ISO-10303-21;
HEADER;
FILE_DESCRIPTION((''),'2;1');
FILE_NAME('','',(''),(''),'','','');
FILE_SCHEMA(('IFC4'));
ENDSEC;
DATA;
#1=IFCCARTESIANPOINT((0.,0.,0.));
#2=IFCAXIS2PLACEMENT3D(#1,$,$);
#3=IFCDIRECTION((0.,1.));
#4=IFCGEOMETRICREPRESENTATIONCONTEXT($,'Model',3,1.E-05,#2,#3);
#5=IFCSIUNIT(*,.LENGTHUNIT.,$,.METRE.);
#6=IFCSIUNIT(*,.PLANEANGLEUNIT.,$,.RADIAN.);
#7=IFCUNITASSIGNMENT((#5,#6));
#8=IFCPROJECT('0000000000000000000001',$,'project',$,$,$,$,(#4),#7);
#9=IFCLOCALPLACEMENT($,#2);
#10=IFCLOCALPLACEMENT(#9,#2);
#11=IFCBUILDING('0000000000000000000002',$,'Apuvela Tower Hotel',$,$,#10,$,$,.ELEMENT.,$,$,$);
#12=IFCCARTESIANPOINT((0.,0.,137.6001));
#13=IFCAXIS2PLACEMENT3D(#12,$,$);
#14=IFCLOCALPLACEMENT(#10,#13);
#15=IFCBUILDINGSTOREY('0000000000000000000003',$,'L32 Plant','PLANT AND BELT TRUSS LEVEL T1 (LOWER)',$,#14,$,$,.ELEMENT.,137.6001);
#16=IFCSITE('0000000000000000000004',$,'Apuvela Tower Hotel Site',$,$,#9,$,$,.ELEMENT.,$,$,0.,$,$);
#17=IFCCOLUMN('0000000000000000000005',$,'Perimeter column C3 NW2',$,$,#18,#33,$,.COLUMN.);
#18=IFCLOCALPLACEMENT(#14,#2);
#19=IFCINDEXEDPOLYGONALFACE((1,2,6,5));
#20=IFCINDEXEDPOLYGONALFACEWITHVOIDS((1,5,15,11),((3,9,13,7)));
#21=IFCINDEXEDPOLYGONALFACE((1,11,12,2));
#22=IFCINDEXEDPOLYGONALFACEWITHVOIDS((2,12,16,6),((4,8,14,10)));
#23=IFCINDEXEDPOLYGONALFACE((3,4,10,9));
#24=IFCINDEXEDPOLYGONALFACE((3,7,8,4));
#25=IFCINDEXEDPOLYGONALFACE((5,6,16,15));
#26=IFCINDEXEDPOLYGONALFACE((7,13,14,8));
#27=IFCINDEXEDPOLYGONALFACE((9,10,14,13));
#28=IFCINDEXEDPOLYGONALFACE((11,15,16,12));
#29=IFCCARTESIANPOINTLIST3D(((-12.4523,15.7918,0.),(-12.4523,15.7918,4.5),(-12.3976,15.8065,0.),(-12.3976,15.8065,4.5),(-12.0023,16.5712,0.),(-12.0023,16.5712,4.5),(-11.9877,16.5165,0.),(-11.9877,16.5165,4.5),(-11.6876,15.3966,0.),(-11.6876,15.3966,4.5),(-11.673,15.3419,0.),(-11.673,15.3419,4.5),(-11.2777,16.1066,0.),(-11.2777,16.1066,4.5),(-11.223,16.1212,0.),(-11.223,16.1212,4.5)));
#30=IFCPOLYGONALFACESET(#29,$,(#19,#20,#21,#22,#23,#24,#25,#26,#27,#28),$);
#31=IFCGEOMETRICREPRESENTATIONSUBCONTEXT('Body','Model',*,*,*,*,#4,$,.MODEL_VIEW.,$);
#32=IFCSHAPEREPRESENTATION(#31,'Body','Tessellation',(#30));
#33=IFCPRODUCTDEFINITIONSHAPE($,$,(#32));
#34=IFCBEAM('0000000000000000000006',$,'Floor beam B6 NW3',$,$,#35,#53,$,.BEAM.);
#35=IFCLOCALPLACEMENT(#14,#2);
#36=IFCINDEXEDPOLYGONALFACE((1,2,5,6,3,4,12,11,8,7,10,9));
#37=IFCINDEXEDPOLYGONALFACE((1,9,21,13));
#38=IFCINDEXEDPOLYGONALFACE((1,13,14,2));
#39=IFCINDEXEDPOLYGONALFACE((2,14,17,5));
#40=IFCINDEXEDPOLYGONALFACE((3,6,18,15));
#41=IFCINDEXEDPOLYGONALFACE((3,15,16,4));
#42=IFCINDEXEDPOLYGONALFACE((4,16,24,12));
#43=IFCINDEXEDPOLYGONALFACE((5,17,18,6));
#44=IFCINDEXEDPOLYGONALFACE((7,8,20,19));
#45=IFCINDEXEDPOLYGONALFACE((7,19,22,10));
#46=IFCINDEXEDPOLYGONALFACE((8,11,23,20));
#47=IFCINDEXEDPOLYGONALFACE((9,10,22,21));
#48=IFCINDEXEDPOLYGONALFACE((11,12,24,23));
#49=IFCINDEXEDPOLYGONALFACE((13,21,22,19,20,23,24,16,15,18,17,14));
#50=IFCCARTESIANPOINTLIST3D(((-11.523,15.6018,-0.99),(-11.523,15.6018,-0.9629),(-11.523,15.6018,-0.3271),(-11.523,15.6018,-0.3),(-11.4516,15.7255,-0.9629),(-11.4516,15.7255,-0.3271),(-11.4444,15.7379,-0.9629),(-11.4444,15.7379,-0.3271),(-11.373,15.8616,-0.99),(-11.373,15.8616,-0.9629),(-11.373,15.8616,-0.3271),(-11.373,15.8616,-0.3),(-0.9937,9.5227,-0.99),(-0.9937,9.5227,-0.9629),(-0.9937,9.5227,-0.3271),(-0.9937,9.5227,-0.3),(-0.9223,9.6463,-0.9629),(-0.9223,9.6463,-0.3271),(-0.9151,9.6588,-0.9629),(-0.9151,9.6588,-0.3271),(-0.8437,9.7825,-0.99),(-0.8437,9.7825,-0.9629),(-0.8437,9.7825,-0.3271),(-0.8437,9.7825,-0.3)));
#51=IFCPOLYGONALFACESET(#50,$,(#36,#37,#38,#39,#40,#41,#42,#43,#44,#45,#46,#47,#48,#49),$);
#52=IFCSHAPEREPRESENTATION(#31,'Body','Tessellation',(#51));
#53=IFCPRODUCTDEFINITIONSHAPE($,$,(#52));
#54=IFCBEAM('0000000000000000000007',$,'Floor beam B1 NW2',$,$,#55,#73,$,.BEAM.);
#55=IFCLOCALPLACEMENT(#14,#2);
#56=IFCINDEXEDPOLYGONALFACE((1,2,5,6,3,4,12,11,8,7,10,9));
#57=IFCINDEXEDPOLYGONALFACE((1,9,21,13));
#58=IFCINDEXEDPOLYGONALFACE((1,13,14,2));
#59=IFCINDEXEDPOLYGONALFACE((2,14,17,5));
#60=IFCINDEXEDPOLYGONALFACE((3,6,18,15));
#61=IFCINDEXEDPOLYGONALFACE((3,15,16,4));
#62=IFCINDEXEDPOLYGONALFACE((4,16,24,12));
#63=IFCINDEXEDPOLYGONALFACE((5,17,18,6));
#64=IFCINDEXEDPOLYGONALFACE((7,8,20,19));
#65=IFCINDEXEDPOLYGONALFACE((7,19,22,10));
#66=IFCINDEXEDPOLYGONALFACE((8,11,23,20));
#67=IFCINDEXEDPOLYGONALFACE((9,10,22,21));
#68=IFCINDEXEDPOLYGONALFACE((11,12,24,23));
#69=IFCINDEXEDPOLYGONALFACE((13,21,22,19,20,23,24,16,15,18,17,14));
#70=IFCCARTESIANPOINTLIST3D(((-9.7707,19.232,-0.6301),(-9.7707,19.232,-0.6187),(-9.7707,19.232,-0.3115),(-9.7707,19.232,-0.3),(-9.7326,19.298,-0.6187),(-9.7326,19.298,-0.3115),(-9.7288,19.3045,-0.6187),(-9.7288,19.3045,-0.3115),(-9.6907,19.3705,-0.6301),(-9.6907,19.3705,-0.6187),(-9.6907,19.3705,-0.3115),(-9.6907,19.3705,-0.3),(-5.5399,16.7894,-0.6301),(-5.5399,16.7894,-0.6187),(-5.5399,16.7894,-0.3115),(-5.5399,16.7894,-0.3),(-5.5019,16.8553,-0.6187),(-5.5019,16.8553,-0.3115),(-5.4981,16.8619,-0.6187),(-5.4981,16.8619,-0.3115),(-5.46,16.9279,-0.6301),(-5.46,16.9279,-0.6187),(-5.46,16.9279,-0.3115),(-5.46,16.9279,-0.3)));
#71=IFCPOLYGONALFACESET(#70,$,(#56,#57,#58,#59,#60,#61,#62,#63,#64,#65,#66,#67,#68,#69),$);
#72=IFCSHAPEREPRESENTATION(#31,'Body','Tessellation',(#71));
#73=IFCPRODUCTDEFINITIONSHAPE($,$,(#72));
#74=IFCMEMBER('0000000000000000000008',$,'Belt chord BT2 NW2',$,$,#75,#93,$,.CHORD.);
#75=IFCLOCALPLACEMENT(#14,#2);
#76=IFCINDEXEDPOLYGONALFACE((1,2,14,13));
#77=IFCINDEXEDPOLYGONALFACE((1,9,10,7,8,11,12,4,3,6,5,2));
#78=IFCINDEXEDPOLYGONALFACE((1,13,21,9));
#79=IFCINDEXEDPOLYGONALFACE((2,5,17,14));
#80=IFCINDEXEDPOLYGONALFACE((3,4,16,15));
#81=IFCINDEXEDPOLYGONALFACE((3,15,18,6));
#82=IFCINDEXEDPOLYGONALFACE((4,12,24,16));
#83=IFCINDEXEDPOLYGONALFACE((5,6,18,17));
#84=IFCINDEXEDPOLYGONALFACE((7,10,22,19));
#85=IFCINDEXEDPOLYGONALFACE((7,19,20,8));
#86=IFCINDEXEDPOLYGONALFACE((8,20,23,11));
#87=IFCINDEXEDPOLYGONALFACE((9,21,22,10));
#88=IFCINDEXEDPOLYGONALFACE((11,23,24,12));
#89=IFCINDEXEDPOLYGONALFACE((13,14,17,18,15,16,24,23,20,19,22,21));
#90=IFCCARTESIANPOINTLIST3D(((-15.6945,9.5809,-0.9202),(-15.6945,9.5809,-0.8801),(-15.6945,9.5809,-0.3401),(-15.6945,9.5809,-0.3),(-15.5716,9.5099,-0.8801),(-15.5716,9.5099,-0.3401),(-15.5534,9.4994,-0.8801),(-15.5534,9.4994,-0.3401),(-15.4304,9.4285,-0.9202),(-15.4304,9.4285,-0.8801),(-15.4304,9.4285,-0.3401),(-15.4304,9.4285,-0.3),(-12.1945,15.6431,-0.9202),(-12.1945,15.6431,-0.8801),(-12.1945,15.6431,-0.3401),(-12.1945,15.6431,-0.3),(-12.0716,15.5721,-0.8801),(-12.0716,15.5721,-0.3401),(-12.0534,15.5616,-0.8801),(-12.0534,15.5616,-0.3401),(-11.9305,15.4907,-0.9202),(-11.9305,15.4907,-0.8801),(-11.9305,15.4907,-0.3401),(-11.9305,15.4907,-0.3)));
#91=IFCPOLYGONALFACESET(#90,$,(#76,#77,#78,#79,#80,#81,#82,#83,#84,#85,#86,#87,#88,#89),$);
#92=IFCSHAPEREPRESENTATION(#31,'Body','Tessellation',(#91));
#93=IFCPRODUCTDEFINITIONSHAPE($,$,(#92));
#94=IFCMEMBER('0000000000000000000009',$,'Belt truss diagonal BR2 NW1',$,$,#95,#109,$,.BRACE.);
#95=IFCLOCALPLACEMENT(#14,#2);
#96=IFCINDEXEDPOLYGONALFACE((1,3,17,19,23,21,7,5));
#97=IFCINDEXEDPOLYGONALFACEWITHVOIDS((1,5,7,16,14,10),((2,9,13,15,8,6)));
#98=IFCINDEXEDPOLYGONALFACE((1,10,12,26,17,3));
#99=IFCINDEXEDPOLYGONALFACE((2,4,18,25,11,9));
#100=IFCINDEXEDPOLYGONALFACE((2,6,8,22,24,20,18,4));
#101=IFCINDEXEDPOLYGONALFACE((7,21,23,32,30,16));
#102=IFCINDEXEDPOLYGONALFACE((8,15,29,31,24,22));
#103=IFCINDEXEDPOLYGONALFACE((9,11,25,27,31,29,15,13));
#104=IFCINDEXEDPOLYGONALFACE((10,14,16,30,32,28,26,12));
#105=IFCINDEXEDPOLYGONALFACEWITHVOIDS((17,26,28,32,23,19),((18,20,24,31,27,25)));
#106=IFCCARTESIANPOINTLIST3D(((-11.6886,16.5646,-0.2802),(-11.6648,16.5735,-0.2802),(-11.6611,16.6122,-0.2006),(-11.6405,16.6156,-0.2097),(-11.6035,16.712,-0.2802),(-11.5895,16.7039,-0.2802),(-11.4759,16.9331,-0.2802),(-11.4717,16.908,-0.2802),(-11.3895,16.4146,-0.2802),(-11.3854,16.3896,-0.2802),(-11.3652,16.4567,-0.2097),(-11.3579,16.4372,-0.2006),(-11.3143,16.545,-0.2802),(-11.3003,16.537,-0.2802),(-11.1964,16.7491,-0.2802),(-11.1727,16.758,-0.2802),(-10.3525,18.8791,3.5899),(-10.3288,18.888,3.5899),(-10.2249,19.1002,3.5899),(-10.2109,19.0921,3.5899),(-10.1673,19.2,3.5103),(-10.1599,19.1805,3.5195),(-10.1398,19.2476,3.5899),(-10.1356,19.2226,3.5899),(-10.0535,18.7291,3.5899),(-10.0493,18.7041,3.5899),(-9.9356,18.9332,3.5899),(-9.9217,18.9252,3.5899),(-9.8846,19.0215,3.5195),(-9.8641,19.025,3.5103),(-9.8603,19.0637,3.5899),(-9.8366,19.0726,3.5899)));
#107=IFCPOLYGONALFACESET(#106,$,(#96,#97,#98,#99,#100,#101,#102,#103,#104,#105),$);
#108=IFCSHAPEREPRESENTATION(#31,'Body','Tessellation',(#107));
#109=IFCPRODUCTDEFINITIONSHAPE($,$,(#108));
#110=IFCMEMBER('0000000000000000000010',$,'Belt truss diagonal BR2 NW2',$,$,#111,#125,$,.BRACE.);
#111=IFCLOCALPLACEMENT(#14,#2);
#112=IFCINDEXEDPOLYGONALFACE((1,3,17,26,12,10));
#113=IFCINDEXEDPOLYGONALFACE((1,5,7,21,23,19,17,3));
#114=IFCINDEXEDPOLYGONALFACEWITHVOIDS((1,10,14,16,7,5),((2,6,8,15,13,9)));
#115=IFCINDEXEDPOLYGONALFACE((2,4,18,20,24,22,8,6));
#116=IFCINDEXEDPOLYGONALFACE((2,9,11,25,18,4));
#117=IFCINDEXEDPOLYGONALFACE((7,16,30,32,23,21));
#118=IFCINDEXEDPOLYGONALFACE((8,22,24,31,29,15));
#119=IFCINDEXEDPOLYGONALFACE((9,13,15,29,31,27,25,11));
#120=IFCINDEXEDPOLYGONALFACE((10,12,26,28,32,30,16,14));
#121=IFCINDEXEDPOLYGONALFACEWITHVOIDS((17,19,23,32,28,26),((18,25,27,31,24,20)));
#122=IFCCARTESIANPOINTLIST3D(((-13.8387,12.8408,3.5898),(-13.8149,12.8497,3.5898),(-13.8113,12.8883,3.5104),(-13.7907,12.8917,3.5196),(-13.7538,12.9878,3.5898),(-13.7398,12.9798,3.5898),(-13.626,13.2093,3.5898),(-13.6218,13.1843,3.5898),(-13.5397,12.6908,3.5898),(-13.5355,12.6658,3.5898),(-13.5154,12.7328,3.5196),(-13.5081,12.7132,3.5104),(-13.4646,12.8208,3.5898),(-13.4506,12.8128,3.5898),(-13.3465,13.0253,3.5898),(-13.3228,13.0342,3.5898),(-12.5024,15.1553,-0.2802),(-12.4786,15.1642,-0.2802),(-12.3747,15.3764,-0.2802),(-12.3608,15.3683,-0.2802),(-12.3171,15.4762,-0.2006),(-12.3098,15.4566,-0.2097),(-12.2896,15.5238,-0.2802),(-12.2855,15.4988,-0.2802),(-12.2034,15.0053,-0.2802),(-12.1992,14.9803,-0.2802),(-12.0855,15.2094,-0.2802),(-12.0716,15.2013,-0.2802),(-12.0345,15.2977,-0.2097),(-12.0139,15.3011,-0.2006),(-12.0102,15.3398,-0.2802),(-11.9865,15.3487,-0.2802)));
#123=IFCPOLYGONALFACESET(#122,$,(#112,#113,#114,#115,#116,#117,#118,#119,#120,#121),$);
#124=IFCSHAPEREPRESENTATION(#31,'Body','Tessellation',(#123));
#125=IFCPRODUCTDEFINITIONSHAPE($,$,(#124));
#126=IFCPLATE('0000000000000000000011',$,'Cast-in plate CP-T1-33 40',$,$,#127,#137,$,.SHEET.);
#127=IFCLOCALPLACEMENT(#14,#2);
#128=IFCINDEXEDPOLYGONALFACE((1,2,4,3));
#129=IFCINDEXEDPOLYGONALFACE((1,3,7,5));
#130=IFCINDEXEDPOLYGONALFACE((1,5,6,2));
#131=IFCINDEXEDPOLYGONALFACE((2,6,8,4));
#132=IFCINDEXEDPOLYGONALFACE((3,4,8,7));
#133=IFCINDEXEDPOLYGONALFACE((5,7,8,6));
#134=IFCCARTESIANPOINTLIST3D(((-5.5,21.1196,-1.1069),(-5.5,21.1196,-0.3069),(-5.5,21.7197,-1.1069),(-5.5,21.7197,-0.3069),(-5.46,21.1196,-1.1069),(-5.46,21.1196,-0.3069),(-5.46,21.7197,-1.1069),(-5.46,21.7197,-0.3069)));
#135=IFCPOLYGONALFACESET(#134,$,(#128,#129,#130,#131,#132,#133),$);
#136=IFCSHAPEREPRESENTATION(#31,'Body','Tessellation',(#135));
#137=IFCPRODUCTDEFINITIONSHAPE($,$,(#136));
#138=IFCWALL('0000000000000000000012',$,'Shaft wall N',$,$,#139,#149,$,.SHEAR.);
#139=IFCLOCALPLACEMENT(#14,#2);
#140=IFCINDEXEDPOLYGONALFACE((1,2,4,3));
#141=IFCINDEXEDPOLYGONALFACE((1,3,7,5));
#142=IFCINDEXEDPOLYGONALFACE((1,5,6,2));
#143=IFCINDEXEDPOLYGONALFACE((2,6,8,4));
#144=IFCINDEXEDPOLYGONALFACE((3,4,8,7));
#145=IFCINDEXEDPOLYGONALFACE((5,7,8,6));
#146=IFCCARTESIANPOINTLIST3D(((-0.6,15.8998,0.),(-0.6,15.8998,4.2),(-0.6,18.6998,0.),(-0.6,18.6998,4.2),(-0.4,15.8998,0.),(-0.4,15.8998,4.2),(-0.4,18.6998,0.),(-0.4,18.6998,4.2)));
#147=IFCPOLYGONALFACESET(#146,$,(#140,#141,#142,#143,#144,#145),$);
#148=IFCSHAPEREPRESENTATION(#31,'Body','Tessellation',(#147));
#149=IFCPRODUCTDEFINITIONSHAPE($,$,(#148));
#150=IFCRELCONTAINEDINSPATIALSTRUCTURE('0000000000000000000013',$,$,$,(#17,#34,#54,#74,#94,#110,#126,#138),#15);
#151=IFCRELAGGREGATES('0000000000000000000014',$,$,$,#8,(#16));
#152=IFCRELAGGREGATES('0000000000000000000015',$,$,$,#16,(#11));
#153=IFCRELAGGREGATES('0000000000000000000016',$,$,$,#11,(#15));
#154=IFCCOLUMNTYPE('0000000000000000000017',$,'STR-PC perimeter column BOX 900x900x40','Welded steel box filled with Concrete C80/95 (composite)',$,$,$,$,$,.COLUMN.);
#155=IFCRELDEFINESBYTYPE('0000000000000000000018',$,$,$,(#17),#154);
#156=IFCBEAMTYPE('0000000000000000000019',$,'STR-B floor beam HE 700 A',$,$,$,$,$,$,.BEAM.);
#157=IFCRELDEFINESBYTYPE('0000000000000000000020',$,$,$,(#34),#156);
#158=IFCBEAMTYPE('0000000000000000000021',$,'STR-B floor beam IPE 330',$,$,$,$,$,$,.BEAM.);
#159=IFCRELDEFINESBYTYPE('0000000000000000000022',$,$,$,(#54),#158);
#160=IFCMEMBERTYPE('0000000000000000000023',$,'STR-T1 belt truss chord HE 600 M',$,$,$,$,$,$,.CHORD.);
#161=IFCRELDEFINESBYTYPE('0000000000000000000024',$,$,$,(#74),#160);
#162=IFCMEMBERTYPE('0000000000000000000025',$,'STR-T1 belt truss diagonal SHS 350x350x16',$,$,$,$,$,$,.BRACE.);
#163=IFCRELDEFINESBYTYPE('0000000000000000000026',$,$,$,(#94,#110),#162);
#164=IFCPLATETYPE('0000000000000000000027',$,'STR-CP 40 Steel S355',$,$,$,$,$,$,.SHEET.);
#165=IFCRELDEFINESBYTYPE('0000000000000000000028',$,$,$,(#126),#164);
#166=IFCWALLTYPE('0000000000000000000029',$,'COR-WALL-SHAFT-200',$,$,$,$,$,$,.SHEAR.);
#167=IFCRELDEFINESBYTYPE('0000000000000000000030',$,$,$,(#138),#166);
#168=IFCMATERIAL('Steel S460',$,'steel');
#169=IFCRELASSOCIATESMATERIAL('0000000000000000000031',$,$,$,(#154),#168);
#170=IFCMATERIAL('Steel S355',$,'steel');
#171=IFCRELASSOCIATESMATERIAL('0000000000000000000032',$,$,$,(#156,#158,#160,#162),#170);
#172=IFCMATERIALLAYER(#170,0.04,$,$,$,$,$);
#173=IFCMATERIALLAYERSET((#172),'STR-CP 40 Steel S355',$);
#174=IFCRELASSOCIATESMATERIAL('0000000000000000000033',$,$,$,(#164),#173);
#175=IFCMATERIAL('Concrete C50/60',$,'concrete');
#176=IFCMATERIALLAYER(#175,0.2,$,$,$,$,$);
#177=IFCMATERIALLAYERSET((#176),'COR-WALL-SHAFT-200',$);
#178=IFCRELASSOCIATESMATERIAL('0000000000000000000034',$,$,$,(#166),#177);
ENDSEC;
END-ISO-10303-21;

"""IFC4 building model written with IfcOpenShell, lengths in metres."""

from ifc_helpers import new_model, si_unit, direction, frame, frame_2d, origin, origin_2d, place, context, subcontext, project, spatial, rectangle, hollow_rectangle, i_section, extrude, boolean, halfspace, material, layer, layer_set, material_profile, profile_set, type_object, element, save


model = new_model("IFC4")

# Units and contexts
model_context = context("Model", 3, precision=1e-05, world=origin(), true_north=direction((0.0, 1.0)))
body_context = subcontext(model_context, "Body", "Model", "MODEL_VIEW")
ifc_project = project(units=[si_unit("LENGTHUNIT", "METRE"), si_unit("PLANEANGLEUNIT", "RADIAN")], contexts=[model_context])

# Site, building, storey
site_placement = place(None, origin())
site = spatial("IfcSite", under=ifc_project, at=site_placement, Name="Apuvela Tower Hotel Site", CompositionType="ELEMENT", RefElevation=0.0)
building_placement = place(site_placement, origin())
building = spatial("IfcBuilding", under=site, at=building_placement, Name="Apuvela Tower Hotel", CompositionType="ELEMENT")
storey_placement = place(building_placement, frame((0.0, 0.0, 137.6001)))
storey = spatial("IfcBuildingStorey", under=building, at=storey_placement, Name="L32 Plant", Description="PLANT AND BELT TRUSS LEVEL T1 (LOWER)", CompositionType="ELEMENT", Elevation=137.6001)

# Column
ifc_material_1 = material(Name="Steel S460", Category="steel")
ifc_material_profile_1 = material_profile(ifc_material_1, hollow_rectangle(XDim=0.8999, YDim=0.8999, WallThickness=0.04, at=origin_2d()), Name="BOX 900x900x40")
ifc_material_2 = material(Name="Concrete C80/95", Category="concrete")
ifc_material_profile_2 = material_profile(ifc_material_2, rectangle(XDim=0.8201, YDim=0.8201, at=origin_2d()), Name="Concrete C80/95 infill")
ifc_profile_set_1 = profile_set([ifc_material_profile_1, ifc_material_profile_2], Name="Steel S460")
column_type = type_object("IfcColumnType", Name="STR-PC perimeter column BOX 900x900x40", Description="Welded steel box filled with Concrete C80/95 (composite)", PredefinedType="COLUMN", material=ifc_profile_set_1)
column_placement = place(storey_placement, frame((-11.8376, 15.9565, 0.0), z_axis=(0.0, 0.0, 1.0), x_axis=(0.5, 0.866025, 0.0)))
element("IfcColumn", 1, at=column_placement, inside=storey, type_object=column_type, Name="Perimeter column C3 NW2", PredefinedType="COLUMN", context=body_context, shape_type="SweptSolid", body=[
    extrude(hollow_rectangle(XDim=0.8999, YDim=0.8999, WallThickness=0.04, at=origin_2d()), origin(), (0.0, 0.0, 1.0), 4.5),
])

# Beams
ifc_material_3 = material(Name="Steel S355", Category="steel")
ifc_material_profile_3 = material_profile(ifc_material_3, i_section(OverallWidth=0.3, OverallDepth=0.6899, WebThickness=0.0144, FlangeThickness=0.0271, at=origin_2d()), Name="HE 700 A")
ifc_profile_set_2 = profile_set([ifc_material_profile_3], Name="Steel S355")
beam_type_1 = type_object("IfcBeamType", Name="STR-B floor beam HE 700 A", PredefinedType="BEAM", material=ifc_profile_set_2)
beam_1_placement = place(storey_placement, frame((-11.448, 15.7317, -0.645), z_axis=(0.866025, -0.500001, 0.0), x_axis=(0.500001, 0.866025, 0.0)))
element("IfcBeam", 2, at=beam_1_placement, inside=storey, type_object=beam_type_1, Name="Floor beam B6 NW3", PredefinedType="BEAM", context=body_context, shape_type="SweptSolid", body=[
    extrude(i_section(OverallWidth=0.3, OverallDepth=0.6899, WebThickness=0.0144, FlangeThickness=0.0271, at=origin_2d()), origin(), (0.0, 0.0, 1.0), 12.1582),
])
ifc_material_profile_4 = material_profile(ifc_material_3, i_section(OverallWidth=0.1599, OverallDepth=0.3301, WebThickness=0.0076, FlangeThickness=0.0115, at=origin_2d()), Name="IPE 330")
ifc_profile_set_3 = profile_set([ifc_material_profile_4], Name="Steel S355")
beam_type_2 = type_object("IfcBeamType", Name="STR-B floor beam IPE 330", PredefinedType="BEAM", material=ifc_profile_set_3)
beam_2_placement = place(storey_placement, frame((-9.7307, 19.3013, -0.4651), z_axis=(0.866023, -0.500004, 0.0), x_axis=(0.500004, 0.866023, 0.0)))
element("IfcBeam", 3, at=beam_2_placement, inside=storey, type_object=beam_type_2, Name="Floor beam B1 NW2", PredefinedType="BEAM", context=body_context, shape_type="SweptSolid", body=[
    extrude(i_section(OverallWidth=0.1599, OverallDepth=0.3301, WebThickness=0.0076, FlangeThickness=0.0115, at=origin_2d()), origin(), (0.0, 0.0, 1.0), 4.8853),
])

# Members
ifc_material_profile_5 = material_profile(ifc_material_3, i_section(OverallWidth=0.3049, OverallDepth=0.6201, WebThickness=0.021, FlangeThickness=0.04, at=origin_2d()), Name="HE 600 M")
ifc_profile_set_4 = profile_set([ifc_material_profile_5], Name="Steel S355")
member_type_1 = type_object("IfcMemberType", Name="STR-T1 belt truss chord HE 600 M", PredefinedType="CHORD", material=ifc_profile_set_4)
member_1_placement = place(storey_placement, frame((-12.0625, 15.5669, -0.6101), z_axis=(-0.499995, -0.866028, 0.0), x_axis=(0.866028, -0.499995, 0.0)))
element("IfcMember", 4, at=member_1_placement, inside=storey, type_object=member_type_1, Name="Belt chord BT2 NW2", PredefinedType="CHORD", context=body_context, shape_type="SweptSolid", body=[
    extrude(i_section(OverallWidth=0.3049, OverallDepth=0.6201, WebThickness=0.021, FlangeThickness=0.04, at=origin_2d()), origin(), (0.0, 0.0, 1.0), 7.0),
])
ifc_material_profile_6 = material_profile(ifc_material_3, hollow_rectangle(XDim=0.3501, YDim=0.3501, WallThickness=0.0161, at=origin_2d()), Name="SHS 350x350x16")
ifc_profile_set_5 = profile_set([ifc_material_profile_6], Name="Steel S355")
member_type_2 = type_object("IfcMemberType", Name="STR-T1 belt truss diagonal SHS 350x350x16", PredefinedType="BRACE", material=ifc_profile_set_5)
member_2_placement = place(storey_placement, frame((-11.4375, 16.6494, -0.3), z_axis=(0.284085, 0.492126, 0.822865), x_axis=(-0.411385, -0.71265, 0.568236)))
solid_1 = boolean("DIFFERENCE", boolean("DIFFERENCE", extrude(hollow_rectangle(XDim=0.3501, YDim=0.3501, WallThickness=0.0161, at=origin_2d()), frame((0.0, 0.0, -0.2407)), (0.0, 0.0, 1.0), 5.2332), halfspace(frame((0.0, 0.0, 0.0242), z_axis=(0.568236, 0.0, 0.822865), x_axis=(0.822865, 0.0, -0.568236)), True)), halfspace(frame((0.0, 0.0, 4.7273), z_axis=(0.568236, 0.0, 0.822865), x_axis=(0.822865, 0.0, -0.568236)), False))
element("IfcMember", 5, at=member_2_placement, inside=storey, type_object=member_type_2, Name="Belt truss diagonal BR2 NW1", PredefinedType="BRACE", context=body_context, shape_type="SweptSolid", body=[
    boolean("UNION", boolean("DIFFERENCE", boolean("DIFFERENCE", extrude(hollow_rectangle(XDim=0.3501, YDim=0.3501, WallThickness=0.0161, at=origin_2d()), origin(), (0.0, 0.0, 1.0), 4.7515), halfspace(frame((0.0, 0.0, 0.0242), z_axis=(0.568236, 0.0, 0.822865), x_axis=(0.822865, 0.0, -0.568236)), True)), halfspace(frame((0.0, 0.0, 4.7273), z_axis=(0.568236, 0.0, 0.822865), x_axis=(0.822865, 0.0, -0.568236)), False)), solid_1),
])
member_3_placement = place(storey_placement, frame((-12.2375, 15.2639, -0.3), z_axis=(-0.284132, -0.492119, 0.822853), x_axis=(0.411434, 0.712607, 0.568254)))
solid_2 = boolean("DIFFERENCE", boolean("DIFFERENCE", extrude(hollow_rectangle(XDim=0.3501, YDim=0.3501, WallThickness=0.0161, at=origin_2d()), frame((0.0, 0.0, -0.2407)), (0.0, 0.0, 1.0), 5.2332), halfspace(frame((0.0, 0.0, 0.0242), z_axis=(0.568254, 0.0, 0.822853), x_axis=(0.822853, 0.0, -0.568254)), True)), halfspace(frame((0.0, 0.0, 4.7273), z_axis=(0.568254, 0.0, 0.822853), x_axis=(0.822853, 0.0, -0.568254)), False))
element("IfcMember", 6, at=member_3_placement, inside=storey, type_object=member_type_2, Name="Belt truss diagonal BR2 NW2", PredefinedType="BRACE", context=body_context, shape_type="SweptSolid", body=[
    boolean("UNION", boolean("DIFFERENCE", boolean("DIFFERENCE", extrude(hollow_rectangle(XDim=0.3501, YDim=0.3501, WallThickness=0.0161, at=origin_2d()), origin(), (0.0, 0.0, 1.0), 4.7517), halfspace(frame((0.0, 0.0, 0.0242), z_axis=(0.568254, 0.0, 0.822853), x_axis=(0.822853, 0.0, -0.568254)), True)), halfspace(frame((0.0, 0.0, 4.7273), z_axis=(0.568254, 0.0, 0.822853), x_axis=(0.822853, 0.0, -0.568254)), False)), solid_2),
])

# Plate
ifc_layer_1 = layer(ifc_material_3, 0.04)
ifc_layer_set_1 = layer_set([ifc_layer_1], Name="STR-CP 40 Steel S355")
plate_type = type_object("IfcPlateType", Name="STR-CP 40 Steel S355", PredefinedType="SHEET", material=ifc_layer_set_1)
plate_placement = place(storey_placement, frame((-5.48, 21.4197, -1.1069), z_axis=(0.0, 0.0, 1.0), x_axis=(1.0, 0.0, 0.0)))
element("IfcPlate", 7, at=plate_placement, inside=storey, type_object=plate_type, Name="Cast-in plate CP-T1-33 40", PredefinedType="SHEET", context=body_context, shape_type="SweptSolid", body=[
    extrude(rectangle(XDim=0.04, YDim=0.6001, at=origin_2d()), origin(), (0.0, 0.0, 1.0), 0.8),
])

# Wall
ifc_material_4 = material(Name="Concrete C50/60", Category="concrete")
ifc_layer_2 = layer(ifc_material_4, 0.2)
ifc_layer_set_2 = layer_set([ifc_layer_2], Name="COR-WALL-SHAFT-200")
wall_type_1 = type_object("IfcWallType", Name="COR-WALL-SHAFT-200", PredefinedType="SHEAR", material=ifc_layer_set_2)
wall_1_placement = place(storey_placement, frame((-0.5, 15.8999, 0.0), z_axis=(0.0, 0.0, 1.0), x_axis=(0.0, 1.0, 0.0)))
element("IfcWall", 8, at=wall_1_placement, inside=storey, type_object=wall_type_1, Name="Shaft wall N", PredefinedType="SHEAR", context=body_context, shape_type="SweptSolid", body=[
    extrude(rectangle(XDim=2.8, YDim=0.2, at=frame_2d((1.3999, 0.0))), origin(), (0.0, 0.0, 1.0), 4.2),
])

save(model, "model.ifc")
